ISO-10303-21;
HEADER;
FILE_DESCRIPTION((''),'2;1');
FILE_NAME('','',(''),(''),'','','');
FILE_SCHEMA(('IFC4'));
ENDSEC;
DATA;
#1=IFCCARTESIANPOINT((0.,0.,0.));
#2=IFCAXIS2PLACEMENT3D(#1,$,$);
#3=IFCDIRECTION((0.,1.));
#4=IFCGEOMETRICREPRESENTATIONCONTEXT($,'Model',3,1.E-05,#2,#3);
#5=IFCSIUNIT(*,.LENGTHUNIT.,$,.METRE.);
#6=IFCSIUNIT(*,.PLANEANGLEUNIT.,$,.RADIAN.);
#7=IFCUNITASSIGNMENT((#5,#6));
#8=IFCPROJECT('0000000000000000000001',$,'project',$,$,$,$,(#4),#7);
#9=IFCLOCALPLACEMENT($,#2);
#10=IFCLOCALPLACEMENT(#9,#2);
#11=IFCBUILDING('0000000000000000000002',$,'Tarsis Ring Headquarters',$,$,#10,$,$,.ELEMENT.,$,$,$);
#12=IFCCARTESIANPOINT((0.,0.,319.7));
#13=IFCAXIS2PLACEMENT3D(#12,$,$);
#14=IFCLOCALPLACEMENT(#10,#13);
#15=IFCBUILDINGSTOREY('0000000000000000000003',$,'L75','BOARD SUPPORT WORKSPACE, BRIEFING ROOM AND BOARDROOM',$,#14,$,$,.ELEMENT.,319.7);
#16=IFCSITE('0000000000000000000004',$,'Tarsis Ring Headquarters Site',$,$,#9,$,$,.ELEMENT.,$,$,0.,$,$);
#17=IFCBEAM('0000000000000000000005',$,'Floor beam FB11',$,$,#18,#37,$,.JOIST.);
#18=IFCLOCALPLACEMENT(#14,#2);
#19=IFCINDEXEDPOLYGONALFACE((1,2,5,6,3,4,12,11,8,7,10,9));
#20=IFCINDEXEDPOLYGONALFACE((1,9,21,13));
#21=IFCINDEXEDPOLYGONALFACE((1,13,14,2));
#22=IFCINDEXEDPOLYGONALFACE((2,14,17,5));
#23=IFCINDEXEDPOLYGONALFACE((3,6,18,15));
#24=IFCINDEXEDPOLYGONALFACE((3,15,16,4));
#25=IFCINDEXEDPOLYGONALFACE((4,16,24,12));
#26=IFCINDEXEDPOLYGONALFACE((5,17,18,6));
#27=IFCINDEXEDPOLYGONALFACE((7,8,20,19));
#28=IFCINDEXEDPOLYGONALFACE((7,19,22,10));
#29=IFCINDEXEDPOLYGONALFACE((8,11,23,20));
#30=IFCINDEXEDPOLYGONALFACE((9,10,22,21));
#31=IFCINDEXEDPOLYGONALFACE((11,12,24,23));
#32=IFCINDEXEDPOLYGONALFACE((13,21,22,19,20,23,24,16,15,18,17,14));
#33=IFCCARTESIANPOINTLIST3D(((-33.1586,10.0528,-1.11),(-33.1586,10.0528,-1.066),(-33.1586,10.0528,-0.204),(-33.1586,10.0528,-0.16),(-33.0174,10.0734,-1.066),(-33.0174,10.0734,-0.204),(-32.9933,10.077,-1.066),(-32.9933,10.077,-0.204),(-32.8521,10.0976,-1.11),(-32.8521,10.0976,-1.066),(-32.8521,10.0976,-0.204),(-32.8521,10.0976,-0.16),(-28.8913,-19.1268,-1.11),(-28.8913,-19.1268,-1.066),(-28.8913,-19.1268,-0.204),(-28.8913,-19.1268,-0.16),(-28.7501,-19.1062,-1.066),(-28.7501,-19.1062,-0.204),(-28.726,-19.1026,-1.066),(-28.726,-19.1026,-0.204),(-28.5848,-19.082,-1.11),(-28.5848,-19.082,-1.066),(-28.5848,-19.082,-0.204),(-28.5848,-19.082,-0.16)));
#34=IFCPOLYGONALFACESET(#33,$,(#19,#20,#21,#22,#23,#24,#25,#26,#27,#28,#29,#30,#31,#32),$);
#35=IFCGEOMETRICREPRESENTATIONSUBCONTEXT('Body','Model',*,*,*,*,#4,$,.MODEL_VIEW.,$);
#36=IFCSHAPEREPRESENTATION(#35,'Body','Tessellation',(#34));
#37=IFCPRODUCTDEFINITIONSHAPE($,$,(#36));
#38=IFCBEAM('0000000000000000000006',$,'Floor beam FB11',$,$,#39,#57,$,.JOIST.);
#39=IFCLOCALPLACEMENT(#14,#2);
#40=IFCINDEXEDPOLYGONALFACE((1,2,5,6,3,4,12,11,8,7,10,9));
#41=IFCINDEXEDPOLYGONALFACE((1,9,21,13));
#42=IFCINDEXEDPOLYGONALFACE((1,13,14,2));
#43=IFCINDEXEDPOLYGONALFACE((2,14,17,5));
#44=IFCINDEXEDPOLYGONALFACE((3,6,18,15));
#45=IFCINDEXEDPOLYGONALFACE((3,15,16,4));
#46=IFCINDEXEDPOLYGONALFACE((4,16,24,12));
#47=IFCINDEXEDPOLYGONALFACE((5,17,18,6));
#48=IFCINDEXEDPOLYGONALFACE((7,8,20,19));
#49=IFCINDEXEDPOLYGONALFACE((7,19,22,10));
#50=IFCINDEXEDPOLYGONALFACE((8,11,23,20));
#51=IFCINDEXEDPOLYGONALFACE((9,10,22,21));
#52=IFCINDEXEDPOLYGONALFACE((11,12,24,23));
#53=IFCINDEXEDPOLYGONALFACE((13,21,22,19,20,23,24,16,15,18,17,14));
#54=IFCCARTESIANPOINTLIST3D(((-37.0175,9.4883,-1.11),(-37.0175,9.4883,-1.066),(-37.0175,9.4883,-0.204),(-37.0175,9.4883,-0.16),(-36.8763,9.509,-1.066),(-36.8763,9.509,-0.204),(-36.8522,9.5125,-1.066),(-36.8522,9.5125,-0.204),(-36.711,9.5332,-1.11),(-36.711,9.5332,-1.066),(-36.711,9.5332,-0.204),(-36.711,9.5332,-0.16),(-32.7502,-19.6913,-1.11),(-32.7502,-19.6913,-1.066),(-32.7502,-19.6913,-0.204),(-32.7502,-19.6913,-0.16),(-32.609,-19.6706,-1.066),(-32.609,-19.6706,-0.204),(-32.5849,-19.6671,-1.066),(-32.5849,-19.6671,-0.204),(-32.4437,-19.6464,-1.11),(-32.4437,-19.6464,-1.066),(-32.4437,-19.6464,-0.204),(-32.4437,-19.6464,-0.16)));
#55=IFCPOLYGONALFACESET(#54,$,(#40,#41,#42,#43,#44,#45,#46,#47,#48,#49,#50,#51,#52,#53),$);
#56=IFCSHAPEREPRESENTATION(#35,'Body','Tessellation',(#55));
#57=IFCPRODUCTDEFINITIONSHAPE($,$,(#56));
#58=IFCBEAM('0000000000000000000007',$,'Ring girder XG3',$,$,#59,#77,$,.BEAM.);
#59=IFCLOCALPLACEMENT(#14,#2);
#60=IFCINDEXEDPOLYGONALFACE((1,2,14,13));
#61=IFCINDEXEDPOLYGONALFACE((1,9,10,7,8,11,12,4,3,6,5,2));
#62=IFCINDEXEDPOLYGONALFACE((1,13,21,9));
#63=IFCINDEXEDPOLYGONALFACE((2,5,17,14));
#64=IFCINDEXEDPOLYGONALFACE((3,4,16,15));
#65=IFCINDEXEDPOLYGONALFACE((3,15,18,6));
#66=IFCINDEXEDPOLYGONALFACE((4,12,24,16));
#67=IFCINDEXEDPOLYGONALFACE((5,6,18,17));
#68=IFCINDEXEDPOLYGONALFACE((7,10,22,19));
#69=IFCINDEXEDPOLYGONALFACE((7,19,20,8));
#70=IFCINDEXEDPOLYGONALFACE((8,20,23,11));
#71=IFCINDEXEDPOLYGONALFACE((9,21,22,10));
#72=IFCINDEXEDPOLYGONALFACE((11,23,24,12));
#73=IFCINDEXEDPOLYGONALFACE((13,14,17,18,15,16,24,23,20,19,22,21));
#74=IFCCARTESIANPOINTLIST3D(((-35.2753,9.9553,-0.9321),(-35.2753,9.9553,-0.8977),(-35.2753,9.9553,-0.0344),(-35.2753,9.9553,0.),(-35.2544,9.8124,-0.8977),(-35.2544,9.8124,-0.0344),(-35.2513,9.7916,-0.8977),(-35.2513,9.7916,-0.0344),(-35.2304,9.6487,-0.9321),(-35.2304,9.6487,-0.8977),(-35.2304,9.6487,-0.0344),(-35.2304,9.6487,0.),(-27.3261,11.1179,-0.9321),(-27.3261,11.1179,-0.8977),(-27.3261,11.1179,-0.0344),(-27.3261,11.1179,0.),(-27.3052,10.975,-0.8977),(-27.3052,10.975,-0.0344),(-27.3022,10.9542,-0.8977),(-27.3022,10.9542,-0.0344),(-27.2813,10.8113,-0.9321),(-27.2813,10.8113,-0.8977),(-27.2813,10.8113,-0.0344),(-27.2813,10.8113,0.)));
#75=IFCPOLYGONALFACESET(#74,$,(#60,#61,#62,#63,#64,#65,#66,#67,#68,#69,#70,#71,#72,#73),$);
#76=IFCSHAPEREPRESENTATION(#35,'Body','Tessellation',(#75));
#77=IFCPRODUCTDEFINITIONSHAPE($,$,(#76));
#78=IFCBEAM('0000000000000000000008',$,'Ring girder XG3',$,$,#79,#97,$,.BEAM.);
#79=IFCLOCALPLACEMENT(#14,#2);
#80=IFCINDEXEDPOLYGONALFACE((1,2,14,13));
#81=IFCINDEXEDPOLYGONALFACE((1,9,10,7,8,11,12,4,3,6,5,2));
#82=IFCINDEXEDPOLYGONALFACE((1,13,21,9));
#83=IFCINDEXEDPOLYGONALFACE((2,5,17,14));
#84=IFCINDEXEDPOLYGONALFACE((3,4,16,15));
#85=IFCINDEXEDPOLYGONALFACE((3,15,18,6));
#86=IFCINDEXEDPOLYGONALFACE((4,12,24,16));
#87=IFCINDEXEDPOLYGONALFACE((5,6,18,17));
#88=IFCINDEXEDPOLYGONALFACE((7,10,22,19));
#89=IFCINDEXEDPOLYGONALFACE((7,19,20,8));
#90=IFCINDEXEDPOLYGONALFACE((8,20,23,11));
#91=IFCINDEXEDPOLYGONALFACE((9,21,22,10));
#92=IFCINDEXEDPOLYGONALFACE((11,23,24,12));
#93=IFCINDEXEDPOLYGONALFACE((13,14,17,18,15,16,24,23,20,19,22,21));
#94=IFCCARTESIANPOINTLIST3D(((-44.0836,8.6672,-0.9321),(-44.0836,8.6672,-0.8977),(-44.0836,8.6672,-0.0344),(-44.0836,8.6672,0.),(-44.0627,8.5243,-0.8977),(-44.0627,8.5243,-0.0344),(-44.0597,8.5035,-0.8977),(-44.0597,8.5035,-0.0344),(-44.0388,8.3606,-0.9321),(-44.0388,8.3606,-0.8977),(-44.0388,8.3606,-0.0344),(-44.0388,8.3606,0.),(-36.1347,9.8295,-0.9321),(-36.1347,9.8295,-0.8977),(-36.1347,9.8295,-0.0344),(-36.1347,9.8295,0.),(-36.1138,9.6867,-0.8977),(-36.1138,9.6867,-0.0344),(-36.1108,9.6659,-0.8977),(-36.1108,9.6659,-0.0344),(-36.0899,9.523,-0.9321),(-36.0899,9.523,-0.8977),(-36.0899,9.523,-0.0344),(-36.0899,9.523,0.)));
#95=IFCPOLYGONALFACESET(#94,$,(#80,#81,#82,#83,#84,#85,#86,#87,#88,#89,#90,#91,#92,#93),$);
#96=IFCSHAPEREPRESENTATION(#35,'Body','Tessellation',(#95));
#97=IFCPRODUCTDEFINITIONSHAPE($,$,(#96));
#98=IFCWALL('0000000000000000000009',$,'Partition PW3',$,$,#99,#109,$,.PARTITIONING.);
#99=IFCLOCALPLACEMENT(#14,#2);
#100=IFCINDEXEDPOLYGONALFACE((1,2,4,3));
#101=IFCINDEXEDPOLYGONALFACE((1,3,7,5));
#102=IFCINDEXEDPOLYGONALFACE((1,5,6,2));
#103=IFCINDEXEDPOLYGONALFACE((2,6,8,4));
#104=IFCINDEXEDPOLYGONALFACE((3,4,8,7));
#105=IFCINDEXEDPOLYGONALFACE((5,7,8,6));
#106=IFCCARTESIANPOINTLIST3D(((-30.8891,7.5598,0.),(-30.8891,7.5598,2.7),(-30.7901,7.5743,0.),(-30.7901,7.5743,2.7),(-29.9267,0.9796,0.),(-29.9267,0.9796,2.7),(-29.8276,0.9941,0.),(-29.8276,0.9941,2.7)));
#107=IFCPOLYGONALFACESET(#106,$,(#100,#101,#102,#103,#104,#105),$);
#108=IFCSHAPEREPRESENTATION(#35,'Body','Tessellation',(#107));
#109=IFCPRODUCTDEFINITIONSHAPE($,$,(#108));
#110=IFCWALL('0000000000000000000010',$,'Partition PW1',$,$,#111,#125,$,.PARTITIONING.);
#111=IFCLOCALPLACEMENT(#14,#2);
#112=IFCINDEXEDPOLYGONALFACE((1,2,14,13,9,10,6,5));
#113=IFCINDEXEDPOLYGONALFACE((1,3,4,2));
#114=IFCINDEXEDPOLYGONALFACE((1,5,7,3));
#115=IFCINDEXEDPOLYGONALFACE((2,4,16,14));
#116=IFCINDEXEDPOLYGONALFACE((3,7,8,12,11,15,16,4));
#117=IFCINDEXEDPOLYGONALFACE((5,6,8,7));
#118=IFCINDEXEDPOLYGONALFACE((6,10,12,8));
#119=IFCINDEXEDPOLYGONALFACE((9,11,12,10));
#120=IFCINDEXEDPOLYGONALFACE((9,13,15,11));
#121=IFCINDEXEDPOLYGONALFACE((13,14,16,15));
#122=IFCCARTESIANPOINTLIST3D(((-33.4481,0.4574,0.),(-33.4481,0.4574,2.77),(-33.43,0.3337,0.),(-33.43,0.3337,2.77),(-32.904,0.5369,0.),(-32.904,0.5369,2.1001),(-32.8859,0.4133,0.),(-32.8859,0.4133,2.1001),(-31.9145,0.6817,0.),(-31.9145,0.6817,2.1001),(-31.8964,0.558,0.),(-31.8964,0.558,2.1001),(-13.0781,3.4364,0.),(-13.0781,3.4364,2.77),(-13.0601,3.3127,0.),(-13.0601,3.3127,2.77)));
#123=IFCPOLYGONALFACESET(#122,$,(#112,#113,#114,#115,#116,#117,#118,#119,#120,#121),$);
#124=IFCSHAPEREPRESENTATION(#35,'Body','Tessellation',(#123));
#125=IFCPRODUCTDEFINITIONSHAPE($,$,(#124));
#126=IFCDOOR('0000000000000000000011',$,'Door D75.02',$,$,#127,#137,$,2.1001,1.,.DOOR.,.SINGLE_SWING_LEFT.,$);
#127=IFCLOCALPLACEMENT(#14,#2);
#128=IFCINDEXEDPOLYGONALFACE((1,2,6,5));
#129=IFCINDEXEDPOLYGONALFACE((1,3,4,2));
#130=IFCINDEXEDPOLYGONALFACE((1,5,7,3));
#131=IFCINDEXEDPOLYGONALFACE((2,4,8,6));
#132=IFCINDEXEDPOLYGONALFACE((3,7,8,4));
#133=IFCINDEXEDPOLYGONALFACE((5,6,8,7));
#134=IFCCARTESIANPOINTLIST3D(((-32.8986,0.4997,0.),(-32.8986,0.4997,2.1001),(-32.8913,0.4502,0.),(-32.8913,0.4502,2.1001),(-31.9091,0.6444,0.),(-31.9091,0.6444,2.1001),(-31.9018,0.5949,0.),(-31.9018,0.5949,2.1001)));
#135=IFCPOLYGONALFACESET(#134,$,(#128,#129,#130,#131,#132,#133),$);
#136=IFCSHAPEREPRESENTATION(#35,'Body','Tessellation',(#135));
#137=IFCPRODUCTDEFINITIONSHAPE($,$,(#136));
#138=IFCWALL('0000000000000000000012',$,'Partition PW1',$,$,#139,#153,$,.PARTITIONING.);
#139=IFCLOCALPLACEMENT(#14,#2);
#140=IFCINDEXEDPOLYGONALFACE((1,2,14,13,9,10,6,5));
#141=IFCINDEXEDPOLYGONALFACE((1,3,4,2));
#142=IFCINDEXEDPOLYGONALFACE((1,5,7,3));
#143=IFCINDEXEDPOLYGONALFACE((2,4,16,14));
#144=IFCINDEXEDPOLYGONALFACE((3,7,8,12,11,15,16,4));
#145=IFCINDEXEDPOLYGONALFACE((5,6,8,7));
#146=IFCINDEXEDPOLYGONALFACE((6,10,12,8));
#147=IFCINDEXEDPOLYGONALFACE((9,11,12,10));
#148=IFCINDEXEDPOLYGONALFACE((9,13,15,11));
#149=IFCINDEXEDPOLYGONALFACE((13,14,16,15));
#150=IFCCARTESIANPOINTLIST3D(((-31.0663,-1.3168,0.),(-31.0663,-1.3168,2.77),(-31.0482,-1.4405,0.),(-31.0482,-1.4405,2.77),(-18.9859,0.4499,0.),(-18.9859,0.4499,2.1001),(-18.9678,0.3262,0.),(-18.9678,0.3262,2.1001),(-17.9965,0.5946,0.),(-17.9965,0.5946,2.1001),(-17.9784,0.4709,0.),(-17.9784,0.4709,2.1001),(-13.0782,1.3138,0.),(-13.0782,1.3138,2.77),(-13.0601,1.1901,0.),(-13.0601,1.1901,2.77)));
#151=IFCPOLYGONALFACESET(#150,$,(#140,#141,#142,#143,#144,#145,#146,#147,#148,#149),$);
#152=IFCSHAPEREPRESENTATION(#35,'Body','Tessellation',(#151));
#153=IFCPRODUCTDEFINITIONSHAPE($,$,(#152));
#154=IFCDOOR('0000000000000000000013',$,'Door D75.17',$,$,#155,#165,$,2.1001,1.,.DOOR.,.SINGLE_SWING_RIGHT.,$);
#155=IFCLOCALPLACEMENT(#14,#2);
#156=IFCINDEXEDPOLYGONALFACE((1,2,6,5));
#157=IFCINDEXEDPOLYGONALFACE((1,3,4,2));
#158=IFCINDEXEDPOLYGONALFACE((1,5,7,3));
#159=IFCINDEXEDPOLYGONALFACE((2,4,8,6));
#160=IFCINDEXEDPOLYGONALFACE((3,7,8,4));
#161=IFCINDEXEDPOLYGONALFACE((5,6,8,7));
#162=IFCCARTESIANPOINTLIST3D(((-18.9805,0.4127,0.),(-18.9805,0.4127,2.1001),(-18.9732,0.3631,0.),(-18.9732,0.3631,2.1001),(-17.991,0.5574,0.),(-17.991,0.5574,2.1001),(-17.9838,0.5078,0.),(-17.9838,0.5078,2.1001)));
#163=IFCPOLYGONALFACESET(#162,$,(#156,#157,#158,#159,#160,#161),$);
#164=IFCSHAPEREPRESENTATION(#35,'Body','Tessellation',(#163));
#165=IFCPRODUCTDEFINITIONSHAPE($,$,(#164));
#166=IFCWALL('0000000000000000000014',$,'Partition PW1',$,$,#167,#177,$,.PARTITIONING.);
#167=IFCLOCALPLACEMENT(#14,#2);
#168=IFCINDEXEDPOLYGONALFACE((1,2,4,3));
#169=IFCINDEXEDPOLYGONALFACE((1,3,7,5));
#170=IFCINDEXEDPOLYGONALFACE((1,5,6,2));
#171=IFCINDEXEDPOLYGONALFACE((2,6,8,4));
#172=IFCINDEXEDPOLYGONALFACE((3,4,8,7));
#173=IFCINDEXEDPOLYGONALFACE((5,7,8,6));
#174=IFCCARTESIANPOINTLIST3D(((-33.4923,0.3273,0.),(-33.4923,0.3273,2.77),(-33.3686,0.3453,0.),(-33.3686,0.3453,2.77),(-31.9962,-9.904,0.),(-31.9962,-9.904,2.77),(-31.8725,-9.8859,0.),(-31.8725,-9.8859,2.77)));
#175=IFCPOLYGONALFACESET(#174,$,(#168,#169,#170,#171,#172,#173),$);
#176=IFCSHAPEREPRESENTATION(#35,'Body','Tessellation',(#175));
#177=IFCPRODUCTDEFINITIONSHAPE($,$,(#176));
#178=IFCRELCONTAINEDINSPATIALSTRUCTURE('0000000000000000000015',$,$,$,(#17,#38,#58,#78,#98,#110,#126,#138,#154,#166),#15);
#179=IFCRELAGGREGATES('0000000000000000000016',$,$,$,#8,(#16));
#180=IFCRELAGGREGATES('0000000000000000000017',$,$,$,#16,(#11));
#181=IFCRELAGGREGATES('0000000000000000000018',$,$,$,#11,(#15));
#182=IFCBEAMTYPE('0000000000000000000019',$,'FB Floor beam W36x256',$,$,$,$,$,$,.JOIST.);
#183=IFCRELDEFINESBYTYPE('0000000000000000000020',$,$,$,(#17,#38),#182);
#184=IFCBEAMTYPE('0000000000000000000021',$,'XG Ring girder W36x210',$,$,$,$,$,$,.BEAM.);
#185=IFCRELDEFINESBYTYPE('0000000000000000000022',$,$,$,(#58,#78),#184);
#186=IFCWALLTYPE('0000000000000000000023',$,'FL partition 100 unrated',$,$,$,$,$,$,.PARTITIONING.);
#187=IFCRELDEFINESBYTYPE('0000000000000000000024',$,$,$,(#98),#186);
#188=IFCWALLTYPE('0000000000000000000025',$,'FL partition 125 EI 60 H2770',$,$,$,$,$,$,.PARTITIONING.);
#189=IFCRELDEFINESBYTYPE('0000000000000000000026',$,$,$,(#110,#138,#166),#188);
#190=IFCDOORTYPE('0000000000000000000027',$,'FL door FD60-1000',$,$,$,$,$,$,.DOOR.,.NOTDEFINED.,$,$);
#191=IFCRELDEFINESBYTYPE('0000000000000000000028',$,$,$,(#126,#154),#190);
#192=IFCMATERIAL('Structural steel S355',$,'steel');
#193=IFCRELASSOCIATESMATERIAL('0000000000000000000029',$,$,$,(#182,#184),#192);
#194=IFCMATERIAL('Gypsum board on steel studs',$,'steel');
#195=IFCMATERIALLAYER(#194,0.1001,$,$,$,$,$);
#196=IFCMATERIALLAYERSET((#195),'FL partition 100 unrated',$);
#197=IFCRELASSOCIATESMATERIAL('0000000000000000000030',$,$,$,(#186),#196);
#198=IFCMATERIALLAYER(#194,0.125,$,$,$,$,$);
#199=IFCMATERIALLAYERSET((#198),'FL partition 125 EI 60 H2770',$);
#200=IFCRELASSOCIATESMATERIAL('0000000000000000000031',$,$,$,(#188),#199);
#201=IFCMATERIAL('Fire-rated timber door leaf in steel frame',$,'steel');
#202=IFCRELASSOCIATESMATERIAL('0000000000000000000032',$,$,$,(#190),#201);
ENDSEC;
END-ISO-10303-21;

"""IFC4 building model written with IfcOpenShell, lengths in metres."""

from ifc_helpers import new_model, si_unit, direction, frame, frame_2d, origin, origin_2d, place, context, subcontext, project, spatial, rectangle, i_section, extrude, material, layer, layer_set, material_profile, profile_set, type_object, element, fill, save


model = new_model("IFC4")

# Units and contexts
model_context = context("Model", 3, precision=1e-05, world=origin(), true_north=direction((0.0, 1.0)))
body_context = subcontext(model_context, "Body", "Model", "MODEL_VIEW")
ifc_project = project(units=[si_unit("LENGTHUNIT", "METRE"), si_unit("PLANEANGLEUNIT", "RADIAN")], contexts=[model_context])

# Site, building, storey
site_placement = place(None, origin())
site = spatial("IfcSite", under=ifc_project, at=site_placement, Name="Tarsis Ring Headquarters Site", CompositionType="ELEMENT", RefElevation=0.0)
building_placement = place(site_placement, origin())
building = spatial("IfcBuilding", under=site, at=building_placement, Name="Tarsis Ring Headquarters", CompositionType="ELEMENT")
storey_placement = place(building_placement, frame((0.0, 0.0, 319.7)))
storey = spatial("IfcBuildingStorey", under=building, at=storey_placement, Name="L75", Description="BOARD SUPPORT WORKSPACE, BRIEFING ROOM AND BOARDROOM", CompositionType="ELEMENT", Elevation=319.7)

# Shared definitions
ifc_material_1 = material(Name="Structural steel S355", Category="steel")

# Beams
ifc_material_profile_1 = material_profile(ifc_material_1, i_section(OverallWidth=0.3098, OverallDepth=0.95, WebThickness=0.0244, FlangeThickness=0.0439, at=origin_2d()), Name="W36x256")
ifc_profile_set_1 = profile_set([ifc_material_profile_1], Name="Structural steel S355")
beam_type_1 = type_object("IfcBeamType", Name="FB Floor beam W36x256", PredefinedType="JOIST", material=ifc_profile_set_1)
for number, where, z_axis, x_axis, name in (
    (1, (-33.0054, 10.0752, -0.635), (0.144704, -0.989475, 0.0), (0.989475, 0.144704, 0.0), "Floor beam FB11"),
    (2, (-36.8643, 9.5107, -0.635), (0.144704, -0.989475, 0.0), (0.989475, 0.144704, 0.0), "Floor beam FB11"),
):
    element("IfcBeam", number, at=place(storey_placement, frame(where, z_axis=z_axis, x_axis=x_axis)), inside=storey, type_object=beam_type_1, Name=name, PredefinedType="JOIST", context=body_context, shape_type="SweptSolid", body=[
        extrude(i_section(OverallWidth=0.3098, OverallDepth=0.95, WebThickness=0.0244, FlangeThickness=0.0439, at=origin_2d()), origin(), (0.0, 0.0, 1.0), 29.49),
    ])
ifc_material_profile_2 = material_profile(ifc_material_1, i_section(OverallWidth=0.3098, OverallDepth=0.9321, WebThickness=0.021, FlangeThickness=0.0344, at=origin_2d()), Name="W36x210")
ifc_profile_set_2 = profile_set([ifc_material_profile_2], Name="Structural steel S355")
beam_type_2 = type_object("IfcBeamType", Name="XG Ring girder W36x210", PredefinedType="BEAM", material=ifc_profile_set_2)
beam_1_placement = place(storey_placement, frame((-27.3037, 10.9646, -0.4661), z_axis=(-0.989474, -0.144714, 0.0), x_axis=(0.144714, -0.989474, 0.0)))
element("IfcBeam", 3, at=beam_1_placement, inside=storey, type_object=beam_type_2, Name="Ring girder XG3", PredefinedType="BEAM", context=body_context, shape_type="SweptSolid", body=[
    extrude(i_section(OverallWidth=0.3098, OverallDepth=0.9321, WebThickness=0.021, FlangeThickness=0.0344, at=origin_2d()), origin(), (0.0, 0.0, 1.0), 8.0337),
])
beam_2_placement = place(storey_placement, frame((-36.1123, 9.6763, -0.4661), z_axis=(-0.989477, -0.144688, 0.0), x_axis=(0.144688, -0.989477, 0.0)))
element("IfcBeam", 4, at=beam_2_placement, inside=storey, type_object=beam_type_2, Name="Ring girder XG3", PredefinedType="BEAM", context=body_context, shape_type="SweptSolid", body=[
    extrude(i_section(OverallWidth=0.3098, OverallDepth=0.9321, WebThickness=0.021, FlangeThickness=0.0344, at=origin_2d()), origin(), (0.0, 0.0, 1.0), 8.0334),
])

# Wall
ifc_material_2 = material(Name="Gypsum board on steel studs", Category="steel")
ifc_layer_1 = layer(ifc_material_2, 0.1001)
ifc_layer_set_1 = layer_set([ifc_layer_1], Name="FL partition 100 unrated")
wall_type_1 = type_object("IfcWallType", Name="FL partition 100 unrated", PredefinedType="PARTITIONING", material=ifc_layer_set_1)
wall_1_placement = place(storey_placement, frame((-30.8396, 7.5671, 0.0), z_axis=(0.0, 0.0, 1.0), x_axis=(0.14472, -0.989473, 0.0)))
element("IfcWall", 5, at=wall_1_placement, inside=storey, type_object=wall_type_1, Name="Partition PW3", PredefinedType="PARTITIONING", context=body_context, shape_type="SweptSolid", body=[
    extrude(rectangle(XDim=6.6501, YDim=0.1001, at=frame_2d((3.3252, 0.0))), origin(), (0.0, 0.0, 1.0), 2.7),
])

# Walls, openings, doors
ifc_layer_2 = layer(ifc_material_2, 0.125)
ifc_layer_set_2 = layer_set([ifc_layer_2], Name="FL partition 125 EI 60 H2770")
wall_type_2 = type_object("IfcWallType", Name="FL partition 125 EI 60 H2770", PredefinedType="PARTITIONING", material=ifc_layer_set_2)
wall_2_placement = place(storey_placement, frame((-33.4392, 0.3955, 0.0), z_axis=(0.0, 0.0, 1.0), x_axis=(0.989475, 0.144706, 0.0)))
wall_2 = element("IfcWall", 6, at=wall_2_placement, inside=storey, type_object=wall_type_2, Name="Partition PW1", PredefinedType="PARTITIONING", context=body_context, shape_type="SweptSolid", body=[
    extrude(rectangle(XDim=20.5867, YDim=0.125, at=frame_2d((10.2935, 0.0))), origin(), (0.0, 0.0, 1.0), 2.77),
])
opening_1_placement = place(wall_2_placement, frame((0.55, 0.0, 0.0)))
opening_1 = element("IfcOpeningElement", 7, at=opening_1_placement, cuts=wall_2, PredefinedType="OPENING", context=body_context, shape_type="SweptSolid", body=[
    extrude(rectangle(XDim=1.0, YDim=2.1001, at=frame_2d((0.5, 1.05))), frame((0.0, 0.0725, 0.0), z_axis=(0.0, -1.0, 0.0), x_axis=(1.0, 0.0, 0.0)), (0.0, 0.0, 1.0), 0.145),
])
ifc_material_3 = material(Name="Fire-rated timber door leaf in steel frame", Category="steel")
door_type = type_object("IfcDoorType", Name="FL door FD60-1000", OperationType="NOTDEFINED", PredefinedType="DOOR", material=ifc_material_3)
door_1_placement = place(opening_1_placement, origin())
door_1 = element("IfcDoor", 8, at=door_1_placement, inside=storey, type_object=door_type, Name="Door D75.02", OperationType="SINGLE_SWING_LEFT", OverallHeight=2.1001, OverallWidth=1.0, PredefinedType="DOOR", context=body_context, shape_type="SweptSolid", body=[
    extrude(rectangle(XDim=1.0, YDim=2.1001, at=frame_2d((0.5, 1.05))), frame((0.0, 0.0249, 0.0), z_axis=(0.0, -1.0, 0.0), x_axis=(1.0, 0.0, 0.0)), (0.0, 0.0, 1.0), 0.05),
])
fill(opening_1, door_1)
wall_3_placement = place(storey_placement, frame((-31.0574, -1.3787, 0.0), z_axis=(0.0, 0.0, 1.0), x_axis=(0.989475, 0.144703, 0.0)))
wall_3 = element("IfcWall", 9, at=wall_3_placement, inside=storey, type_object=wall_type_2, Name="Partition PW1", PredefinedType="PARTITIONING", context=body_context, shape_type="SweptSolid", body=[
    extrude(rectangle(XDim=18.1794, YDim=0.125, at=frame_2d((9.0898, 0.0))), origin(), (0.0, 0.0, 1.0), 2.77),
])
opening_2_placement = place(wall_3_placement, frame((12.209, 0.0, 0.0)))
opening_2 = element("IfcOpeningElement", 10, at=opening_2_placement, cuts=wall_3, PredefinedType="OPENING", context=body_context, shape_type="SweptSolid", body=[
    extrude(rectangle(XDim=1.0, YDim=2.1001, at=frame_2d((0.5, 1.05))), frame((0.0, 0.0725, 0.0), z_axis=(0.0, -1.0, 0.0), x_axis=(1.0, 0.0, 0.0)), (0.0, 0.0, 1.0), 0.145),
])
door_2_placement = place(opening_2_placement, origin())
door_2 = element("IfcDoor", 11, at=door_2_placement, inside=storey, type_object=door_type, Name="Door D75.17", OperationType="SINGLE_SWING_RIGHT", OverallHeight=2.1001, OverallWidth=1.0, PredefinedType="DOOR", context=body_context, shape_type="SweptSolid", body=[
    extrude(rectangle(XDim=1.0, YDim=2.1001, at=frame_2d((0.5, 1.05))), frame((0.0, 0.0249, 0.0), z_axis=(0.0, -1.0, 0.0), x_axis=(1.0, 0.0, 0.0)), (0.0, 0.0, 1.0), 0.05),
])
fill(opening_2, door_2)

# Wall
wall_4_placement = place(storey_placement, frame((-33.4304, 0.3362, 0.0), z_axis=(0.0, 0.0, 1.0), x_axis=(0.14469, -0.989477, 0.0)))
element("IfcWall", 12, at=wall_4_placement, inside=storey, type_object=wall_type_2, Name="Partition PW1", PredefinedType="PARTITIONING", context=body_context, shape_type="SweptSolid", body=[
    extrude(rectangle(XDim=10.3401, YDim=0.125, at=frame_2d((5.1699, 0.0))), origin(), (0.0, 0.0, 1.0), 2.77),
])

save(model, "model.ifc")
